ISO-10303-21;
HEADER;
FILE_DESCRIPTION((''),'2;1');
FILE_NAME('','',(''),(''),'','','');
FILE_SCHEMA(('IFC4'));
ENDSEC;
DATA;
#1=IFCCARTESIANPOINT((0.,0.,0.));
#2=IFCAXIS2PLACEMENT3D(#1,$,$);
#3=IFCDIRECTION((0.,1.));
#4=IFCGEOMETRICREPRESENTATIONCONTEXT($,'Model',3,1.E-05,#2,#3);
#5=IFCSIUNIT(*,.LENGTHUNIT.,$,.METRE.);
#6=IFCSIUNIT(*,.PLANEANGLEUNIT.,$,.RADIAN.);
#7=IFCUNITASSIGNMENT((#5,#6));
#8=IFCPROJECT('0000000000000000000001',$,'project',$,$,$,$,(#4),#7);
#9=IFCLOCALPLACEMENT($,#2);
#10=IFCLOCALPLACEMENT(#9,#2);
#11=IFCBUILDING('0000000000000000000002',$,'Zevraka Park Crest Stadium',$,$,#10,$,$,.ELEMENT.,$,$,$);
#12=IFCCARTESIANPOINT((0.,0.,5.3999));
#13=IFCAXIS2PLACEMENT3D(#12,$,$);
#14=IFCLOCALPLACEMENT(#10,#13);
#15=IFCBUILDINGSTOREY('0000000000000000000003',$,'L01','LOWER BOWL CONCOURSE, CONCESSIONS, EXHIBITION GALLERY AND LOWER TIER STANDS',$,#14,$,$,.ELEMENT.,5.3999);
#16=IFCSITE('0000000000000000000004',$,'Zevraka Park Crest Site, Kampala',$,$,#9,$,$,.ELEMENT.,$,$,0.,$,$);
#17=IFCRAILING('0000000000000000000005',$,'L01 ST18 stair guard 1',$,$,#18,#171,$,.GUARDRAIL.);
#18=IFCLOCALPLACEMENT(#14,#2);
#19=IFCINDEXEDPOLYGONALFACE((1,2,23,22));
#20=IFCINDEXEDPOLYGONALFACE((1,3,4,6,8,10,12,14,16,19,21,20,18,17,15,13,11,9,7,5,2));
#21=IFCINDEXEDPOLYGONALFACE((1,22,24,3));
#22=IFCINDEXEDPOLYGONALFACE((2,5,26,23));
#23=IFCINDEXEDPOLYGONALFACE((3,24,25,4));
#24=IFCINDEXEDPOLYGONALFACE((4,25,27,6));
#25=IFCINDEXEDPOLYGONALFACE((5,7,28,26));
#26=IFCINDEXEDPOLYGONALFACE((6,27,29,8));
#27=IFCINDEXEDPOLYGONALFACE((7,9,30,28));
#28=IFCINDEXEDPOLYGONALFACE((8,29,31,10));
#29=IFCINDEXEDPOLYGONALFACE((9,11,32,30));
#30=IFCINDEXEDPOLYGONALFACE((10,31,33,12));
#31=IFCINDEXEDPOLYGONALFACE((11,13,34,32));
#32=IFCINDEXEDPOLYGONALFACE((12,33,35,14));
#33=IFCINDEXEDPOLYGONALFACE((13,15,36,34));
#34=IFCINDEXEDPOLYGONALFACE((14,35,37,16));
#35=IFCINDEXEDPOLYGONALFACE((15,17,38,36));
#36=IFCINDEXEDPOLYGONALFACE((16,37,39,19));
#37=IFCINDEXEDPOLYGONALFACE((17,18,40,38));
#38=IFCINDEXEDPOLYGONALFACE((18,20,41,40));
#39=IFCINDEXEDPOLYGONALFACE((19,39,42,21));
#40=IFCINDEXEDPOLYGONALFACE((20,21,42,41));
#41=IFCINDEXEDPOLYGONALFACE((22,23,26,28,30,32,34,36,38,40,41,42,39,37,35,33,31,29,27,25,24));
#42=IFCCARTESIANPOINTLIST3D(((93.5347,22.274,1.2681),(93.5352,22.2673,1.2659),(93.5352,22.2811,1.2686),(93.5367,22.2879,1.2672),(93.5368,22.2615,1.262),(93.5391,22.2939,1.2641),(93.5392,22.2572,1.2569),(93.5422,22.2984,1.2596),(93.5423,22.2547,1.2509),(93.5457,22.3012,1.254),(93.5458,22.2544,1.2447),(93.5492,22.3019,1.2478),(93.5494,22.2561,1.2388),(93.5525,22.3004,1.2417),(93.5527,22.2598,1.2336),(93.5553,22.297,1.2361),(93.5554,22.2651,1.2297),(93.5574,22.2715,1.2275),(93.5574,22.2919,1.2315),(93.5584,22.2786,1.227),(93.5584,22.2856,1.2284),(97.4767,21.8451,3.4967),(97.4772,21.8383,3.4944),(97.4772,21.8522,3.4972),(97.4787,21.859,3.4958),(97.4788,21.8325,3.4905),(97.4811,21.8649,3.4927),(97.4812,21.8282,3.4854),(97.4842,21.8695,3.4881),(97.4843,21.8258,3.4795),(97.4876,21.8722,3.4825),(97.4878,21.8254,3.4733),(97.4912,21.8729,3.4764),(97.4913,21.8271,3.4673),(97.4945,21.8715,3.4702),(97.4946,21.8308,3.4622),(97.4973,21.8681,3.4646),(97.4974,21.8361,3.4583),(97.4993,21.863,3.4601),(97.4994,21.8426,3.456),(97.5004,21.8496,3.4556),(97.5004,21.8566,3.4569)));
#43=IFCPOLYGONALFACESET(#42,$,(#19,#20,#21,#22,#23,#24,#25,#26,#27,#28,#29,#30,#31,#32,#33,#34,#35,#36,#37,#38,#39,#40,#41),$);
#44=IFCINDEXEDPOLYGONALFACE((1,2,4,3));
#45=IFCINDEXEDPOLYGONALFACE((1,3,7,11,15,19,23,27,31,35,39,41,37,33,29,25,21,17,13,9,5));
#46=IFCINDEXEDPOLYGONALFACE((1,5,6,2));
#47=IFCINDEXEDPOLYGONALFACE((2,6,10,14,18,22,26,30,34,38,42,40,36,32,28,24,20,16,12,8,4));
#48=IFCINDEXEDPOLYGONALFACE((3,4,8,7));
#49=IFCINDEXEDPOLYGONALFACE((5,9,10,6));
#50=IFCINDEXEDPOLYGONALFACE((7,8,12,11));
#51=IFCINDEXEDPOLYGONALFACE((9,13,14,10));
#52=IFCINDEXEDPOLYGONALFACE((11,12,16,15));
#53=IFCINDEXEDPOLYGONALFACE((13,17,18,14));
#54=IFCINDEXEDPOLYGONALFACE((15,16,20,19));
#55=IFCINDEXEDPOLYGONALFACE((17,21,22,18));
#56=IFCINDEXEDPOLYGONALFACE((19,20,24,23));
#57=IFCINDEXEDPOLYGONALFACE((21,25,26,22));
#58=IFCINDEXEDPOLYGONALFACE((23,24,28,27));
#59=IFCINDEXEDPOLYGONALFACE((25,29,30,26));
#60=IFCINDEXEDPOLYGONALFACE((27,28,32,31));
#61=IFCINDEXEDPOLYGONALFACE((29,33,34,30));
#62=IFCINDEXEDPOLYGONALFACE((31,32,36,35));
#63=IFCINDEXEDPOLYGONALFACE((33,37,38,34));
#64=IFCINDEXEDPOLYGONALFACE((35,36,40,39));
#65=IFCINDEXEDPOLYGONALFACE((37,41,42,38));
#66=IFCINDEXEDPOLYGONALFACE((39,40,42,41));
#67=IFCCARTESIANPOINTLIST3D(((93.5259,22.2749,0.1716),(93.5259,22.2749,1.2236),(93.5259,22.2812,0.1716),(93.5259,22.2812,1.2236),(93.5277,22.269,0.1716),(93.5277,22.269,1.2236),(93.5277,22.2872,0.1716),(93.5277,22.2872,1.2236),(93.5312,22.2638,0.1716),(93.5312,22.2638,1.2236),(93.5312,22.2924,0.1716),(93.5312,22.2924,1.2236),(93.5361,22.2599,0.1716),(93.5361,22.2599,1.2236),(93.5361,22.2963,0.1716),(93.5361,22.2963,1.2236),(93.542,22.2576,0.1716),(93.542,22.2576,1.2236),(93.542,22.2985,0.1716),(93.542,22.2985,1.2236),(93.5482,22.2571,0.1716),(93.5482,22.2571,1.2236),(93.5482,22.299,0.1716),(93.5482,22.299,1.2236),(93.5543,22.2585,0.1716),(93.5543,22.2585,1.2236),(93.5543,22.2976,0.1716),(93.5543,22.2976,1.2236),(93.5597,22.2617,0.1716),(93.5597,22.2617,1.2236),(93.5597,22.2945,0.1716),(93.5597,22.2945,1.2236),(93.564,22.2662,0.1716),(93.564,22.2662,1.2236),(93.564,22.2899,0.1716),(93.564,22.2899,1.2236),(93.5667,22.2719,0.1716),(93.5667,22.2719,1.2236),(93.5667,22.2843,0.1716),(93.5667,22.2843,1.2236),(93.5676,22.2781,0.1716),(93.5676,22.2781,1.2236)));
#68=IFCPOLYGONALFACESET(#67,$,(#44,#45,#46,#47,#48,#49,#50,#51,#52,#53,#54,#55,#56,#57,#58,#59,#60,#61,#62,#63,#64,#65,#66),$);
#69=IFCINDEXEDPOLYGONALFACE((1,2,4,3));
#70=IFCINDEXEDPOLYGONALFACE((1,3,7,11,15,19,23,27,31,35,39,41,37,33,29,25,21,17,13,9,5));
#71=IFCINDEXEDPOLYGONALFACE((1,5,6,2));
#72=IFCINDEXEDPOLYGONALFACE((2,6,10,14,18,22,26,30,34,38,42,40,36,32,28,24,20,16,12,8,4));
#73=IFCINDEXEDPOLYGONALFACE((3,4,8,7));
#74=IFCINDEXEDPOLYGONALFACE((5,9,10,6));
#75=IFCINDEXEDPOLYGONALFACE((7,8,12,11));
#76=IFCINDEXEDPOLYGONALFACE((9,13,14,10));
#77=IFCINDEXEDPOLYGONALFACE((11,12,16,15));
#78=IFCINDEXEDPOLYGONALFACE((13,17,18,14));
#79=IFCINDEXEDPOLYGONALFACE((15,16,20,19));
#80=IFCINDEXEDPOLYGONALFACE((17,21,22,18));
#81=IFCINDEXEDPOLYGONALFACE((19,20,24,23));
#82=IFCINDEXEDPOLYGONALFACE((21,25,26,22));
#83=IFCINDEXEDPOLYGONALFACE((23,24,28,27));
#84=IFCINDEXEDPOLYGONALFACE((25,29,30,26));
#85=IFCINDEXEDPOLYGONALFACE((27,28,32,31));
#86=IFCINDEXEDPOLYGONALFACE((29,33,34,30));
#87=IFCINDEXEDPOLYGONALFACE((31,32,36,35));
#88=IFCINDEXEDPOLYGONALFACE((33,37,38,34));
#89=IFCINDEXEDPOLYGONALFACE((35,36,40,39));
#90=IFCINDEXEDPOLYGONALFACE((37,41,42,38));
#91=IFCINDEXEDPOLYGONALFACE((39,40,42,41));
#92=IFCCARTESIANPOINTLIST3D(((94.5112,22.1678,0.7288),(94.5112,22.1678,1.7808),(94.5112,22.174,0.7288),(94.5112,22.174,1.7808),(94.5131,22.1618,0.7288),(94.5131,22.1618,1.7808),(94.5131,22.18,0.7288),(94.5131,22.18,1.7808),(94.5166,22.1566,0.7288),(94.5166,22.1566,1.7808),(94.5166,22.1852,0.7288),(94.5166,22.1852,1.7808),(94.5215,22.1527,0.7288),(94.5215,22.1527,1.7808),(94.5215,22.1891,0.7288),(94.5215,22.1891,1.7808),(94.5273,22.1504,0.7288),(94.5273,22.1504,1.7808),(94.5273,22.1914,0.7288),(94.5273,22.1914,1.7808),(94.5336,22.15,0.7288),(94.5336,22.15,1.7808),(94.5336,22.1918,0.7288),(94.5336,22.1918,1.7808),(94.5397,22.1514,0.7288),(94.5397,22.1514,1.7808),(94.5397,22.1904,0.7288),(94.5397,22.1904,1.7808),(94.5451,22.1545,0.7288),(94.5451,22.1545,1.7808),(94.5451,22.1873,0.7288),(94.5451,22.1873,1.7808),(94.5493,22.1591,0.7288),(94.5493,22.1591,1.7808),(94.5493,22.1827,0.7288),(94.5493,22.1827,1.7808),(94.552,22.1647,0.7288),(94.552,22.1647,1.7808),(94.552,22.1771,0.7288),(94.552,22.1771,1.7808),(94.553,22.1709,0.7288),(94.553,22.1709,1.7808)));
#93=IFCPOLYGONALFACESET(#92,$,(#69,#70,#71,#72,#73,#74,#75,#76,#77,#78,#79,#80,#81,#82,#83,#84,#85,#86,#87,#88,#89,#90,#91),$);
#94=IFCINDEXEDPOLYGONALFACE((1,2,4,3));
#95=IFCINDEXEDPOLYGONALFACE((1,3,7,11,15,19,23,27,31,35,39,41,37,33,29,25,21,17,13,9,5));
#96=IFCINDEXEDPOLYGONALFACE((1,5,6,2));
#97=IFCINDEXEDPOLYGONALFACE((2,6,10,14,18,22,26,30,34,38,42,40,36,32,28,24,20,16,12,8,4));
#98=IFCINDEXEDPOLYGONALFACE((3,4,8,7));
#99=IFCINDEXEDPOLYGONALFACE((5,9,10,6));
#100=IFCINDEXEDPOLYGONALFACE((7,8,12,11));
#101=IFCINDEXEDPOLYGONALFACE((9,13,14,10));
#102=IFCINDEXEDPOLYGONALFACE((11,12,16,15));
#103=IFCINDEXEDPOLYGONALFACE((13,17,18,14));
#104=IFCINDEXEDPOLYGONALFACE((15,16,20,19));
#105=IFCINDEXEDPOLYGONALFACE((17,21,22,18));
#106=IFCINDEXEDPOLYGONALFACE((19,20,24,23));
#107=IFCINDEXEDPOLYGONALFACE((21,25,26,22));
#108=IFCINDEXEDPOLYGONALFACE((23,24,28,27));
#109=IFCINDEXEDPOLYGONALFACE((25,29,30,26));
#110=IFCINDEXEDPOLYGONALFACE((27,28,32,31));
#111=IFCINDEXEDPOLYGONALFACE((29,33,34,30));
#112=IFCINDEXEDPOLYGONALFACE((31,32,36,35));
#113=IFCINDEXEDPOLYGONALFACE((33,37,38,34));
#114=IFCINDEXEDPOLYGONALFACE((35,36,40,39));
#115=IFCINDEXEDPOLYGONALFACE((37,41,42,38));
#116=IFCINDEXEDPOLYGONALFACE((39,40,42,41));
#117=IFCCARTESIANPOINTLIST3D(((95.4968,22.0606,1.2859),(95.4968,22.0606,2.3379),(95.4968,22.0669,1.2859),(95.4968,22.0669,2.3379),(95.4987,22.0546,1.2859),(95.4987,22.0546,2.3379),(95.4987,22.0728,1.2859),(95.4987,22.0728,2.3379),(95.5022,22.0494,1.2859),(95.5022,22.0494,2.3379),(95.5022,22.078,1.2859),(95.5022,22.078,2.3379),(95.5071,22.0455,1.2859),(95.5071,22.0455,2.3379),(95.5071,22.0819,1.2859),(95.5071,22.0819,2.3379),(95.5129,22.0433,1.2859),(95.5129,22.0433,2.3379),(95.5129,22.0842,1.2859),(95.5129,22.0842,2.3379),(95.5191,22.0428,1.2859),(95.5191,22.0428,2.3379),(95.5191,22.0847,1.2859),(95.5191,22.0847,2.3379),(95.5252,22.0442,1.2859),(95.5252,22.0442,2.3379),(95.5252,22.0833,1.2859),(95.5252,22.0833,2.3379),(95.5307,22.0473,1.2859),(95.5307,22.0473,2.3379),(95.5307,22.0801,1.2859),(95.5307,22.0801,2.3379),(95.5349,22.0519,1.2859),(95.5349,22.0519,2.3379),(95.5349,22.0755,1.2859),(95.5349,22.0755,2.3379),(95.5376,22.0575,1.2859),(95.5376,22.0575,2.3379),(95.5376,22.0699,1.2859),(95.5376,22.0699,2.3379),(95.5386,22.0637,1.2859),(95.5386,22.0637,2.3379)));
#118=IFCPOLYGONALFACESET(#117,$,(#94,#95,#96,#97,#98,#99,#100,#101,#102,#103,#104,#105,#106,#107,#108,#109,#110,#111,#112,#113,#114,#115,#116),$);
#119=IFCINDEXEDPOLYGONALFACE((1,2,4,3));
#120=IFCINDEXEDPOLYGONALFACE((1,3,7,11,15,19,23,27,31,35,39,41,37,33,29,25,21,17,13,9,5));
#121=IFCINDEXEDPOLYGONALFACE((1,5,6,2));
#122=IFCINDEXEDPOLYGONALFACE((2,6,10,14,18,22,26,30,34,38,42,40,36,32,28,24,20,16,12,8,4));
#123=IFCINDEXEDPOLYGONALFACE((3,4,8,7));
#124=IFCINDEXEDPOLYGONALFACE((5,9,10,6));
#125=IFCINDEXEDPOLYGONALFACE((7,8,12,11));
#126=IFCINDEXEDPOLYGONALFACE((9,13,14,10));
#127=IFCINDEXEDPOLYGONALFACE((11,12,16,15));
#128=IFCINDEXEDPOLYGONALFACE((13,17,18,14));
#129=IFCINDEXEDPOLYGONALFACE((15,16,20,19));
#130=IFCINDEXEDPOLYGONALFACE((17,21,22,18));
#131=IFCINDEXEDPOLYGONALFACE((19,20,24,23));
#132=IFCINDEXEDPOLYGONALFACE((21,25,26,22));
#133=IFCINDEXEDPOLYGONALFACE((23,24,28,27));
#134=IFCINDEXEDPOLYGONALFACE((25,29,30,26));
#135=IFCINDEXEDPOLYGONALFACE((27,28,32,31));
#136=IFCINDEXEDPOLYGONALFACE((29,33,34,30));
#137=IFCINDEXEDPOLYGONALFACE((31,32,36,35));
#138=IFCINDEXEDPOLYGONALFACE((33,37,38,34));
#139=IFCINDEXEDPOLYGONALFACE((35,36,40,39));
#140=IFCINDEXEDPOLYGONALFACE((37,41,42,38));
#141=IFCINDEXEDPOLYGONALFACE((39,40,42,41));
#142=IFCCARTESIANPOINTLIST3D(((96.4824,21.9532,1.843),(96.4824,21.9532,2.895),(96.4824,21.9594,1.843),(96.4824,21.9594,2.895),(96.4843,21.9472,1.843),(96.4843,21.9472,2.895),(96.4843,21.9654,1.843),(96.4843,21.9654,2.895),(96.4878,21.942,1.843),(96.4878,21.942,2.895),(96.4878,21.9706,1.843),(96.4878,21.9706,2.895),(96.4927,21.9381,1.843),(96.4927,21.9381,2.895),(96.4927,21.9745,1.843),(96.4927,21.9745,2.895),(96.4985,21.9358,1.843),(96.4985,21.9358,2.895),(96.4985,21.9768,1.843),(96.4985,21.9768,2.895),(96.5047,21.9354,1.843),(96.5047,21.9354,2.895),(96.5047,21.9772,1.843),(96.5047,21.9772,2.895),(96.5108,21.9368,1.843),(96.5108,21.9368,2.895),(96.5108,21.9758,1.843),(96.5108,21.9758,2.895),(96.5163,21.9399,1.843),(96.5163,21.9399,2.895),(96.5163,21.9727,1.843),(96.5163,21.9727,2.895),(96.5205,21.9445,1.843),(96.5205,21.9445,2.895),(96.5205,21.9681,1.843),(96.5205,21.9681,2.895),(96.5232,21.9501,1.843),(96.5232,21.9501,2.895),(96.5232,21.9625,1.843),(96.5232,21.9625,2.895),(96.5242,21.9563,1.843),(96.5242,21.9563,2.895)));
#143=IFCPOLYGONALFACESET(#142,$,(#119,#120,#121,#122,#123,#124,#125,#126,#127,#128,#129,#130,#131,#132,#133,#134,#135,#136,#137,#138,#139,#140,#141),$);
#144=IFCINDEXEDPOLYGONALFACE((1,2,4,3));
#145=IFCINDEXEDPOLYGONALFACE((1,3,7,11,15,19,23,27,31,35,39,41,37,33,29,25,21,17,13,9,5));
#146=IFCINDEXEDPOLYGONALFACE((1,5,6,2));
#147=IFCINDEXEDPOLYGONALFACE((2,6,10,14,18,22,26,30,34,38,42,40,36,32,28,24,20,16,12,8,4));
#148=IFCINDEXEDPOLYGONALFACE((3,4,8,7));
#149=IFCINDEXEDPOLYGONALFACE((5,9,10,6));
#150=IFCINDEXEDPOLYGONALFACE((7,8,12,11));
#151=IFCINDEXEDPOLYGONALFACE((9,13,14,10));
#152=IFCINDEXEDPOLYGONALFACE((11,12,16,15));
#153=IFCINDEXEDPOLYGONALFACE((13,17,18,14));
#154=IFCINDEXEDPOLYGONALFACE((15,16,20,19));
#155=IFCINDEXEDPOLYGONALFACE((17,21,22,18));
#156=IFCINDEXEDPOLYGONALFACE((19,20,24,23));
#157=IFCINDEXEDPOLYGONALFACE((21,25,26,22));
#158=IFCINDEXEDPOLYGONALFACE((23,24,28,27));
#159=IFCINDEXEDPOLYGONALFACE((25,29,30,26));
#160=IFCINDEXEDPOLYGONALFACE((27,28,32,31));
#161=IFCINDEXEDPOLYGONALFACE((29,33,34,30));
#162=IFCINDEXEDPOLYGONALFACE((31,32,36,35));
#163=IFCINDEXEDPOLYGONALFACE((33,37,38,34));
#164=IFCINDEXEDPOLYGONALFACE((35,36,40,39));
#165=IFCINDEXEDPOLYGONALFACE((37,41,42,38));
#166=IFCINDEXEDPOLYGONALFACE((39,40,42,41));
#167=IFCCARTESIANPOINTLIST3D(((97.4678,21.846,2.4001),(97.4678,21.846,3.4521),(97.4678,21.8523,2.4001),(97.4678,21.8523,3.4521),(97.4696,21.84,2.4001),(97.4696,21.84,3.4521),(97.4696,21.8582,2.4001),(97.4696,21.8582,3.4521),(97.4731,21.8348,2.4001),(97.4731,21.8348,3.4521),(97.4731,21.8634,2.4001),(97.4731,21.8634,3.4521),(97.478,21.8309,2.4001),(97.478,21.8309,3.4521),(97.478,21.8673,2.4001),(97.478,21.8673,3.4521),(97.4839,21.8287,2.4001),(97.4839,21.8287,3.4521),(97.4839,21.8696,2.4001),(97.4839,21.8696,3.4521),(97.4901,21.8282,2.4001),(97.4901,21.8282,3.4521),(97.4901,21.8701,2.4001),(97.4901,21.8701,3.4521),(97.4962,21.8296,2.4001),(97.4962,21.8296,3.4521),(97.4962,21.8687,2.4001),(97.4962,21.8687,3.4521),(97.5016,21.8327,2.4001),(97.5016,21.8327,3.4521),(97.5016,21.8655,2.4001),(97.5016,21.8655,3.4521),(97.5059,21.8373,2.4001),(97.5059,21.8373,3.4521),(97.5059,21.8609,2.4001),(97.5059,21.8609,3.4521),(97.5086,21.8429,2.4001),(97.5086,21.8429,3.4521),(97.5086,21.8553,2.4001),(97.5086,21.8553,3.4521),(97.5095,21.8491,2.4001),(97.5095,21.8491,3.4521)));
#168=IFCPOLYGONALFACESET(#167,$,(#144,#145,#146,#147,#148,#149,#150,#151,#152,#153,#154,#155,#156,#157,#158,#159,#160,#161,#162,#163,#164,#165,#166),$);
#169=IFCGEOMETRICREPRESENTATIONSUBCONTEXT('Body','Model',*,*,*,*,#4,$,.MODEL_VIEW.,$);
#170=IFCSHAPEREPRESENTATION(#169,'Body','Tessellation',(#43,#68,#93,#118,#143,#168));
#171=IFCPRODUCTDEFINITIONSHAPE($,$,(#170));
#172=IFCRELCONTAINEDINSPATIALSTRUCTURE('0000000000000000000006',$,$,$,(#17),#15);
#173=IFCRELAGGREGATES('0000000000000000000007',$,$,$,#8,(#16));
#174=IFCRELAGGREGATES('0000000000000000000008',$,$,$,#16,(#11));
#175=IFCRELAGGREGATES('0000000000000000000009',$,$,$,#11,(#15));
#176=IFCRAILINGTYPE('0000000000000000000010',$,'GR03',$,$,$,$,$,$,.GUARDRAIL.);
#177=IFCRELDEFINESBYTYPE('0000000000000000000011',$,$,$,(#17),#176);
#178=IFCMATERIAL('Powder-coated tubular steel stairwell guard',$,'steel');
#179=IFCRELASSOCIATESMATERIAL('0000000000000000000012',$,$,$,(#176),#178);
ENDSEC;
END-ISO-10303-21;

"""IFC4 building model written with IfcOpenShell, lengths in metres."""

from ifc_helpers import new_model, si_unit, direction, frame, origin, origin_2d, place, context, subcontext, project, spatial, circle, extrude, material, type_object, element, save


model = new_model("IFC4")

# Units and contexts
model_context = context("Model", 3, precision=1e-05, world=origin(), true_north=direction((0.0, 1.0)))
body_context = subcontext(model_context, "Body", "Model", "MODEL_VIEW")
ifc_project = project(units=[si_unit("LENGTHUNIT", "METRE"), si_unit("PLANEANGLEUNIT", "RADIAN")], contexts=[model_context])

# Site, building, storey
site_placement = place(None, origin())
site = spatial("IfcSite", under=ifc_project, at=site_placement, Name="Zevraka Park Crest Site, Kampala", CompositionType="ELEMENT", RefElevation=0.0)
building_placement = place(site_placement, origin())
building = spatial("IfcBuilding", under=site, at=building_placement, Name="Zevraka Park Crest Stadium", CompositionType="ELEMENT")
storey_placement = place(building_placement, frame((0.0, 0.0, 5.3999)))
storey = spatial("IfcBuildingStorey", under=building, at=storey_placement, Name="L01", Description="LOWER BOWL CONCOURSE, CONCESSIONS, EXHIBITION GALLERY AND LOWER TIER STANDS", CompositionType="ELEMENT", Elevation=5.3999)

# Railing
ifc_material_1 = material(Name="Powder-coated tubular steel stairwell guard", Category="steel")
railing_type_1 = type_object("IfcRailingType", Name="GR03", PredefinedType="GUARDRAIL", material=ifc_material_1)
railing_1_placement = place(storey_placement, frame((93.5466, 22.2781, 0.1716)))
element("IfcRailing", 1, at=railing_1_placement, inside=storey, type_object=railing_type_1, Name="L01 ST18 stair guard 1", PredefinedType="GUARDRAIL", context=body_context, shape_type="SweptSolid", body=[
    extrude(circle(Radius=0.0239, at=origin_2d()), frame((0.0, 0.0, 1.0762), z_axis=(0.866637, -0.094307, 0.489946), x_axis=(0.108181, 0.994131, 0.0)), (0.0, 0.0, 1.0), 4.5486),
    extrude(circle(Radius=0.021, at=origin_2d()), origin(), (0.0, 0.0, 1.0), 1.052),
    extrude(circle(Radius=0.021, at=origin_2d()), frame((0.9854, -0.1072, 0.5571)), (0.0, 0.0, 1.0), 1.052),
    extrude(circle(Radius=0.021, at=origin_2d()), frame((1.9709, -0.2144, 1.1143)), (0.0, 0.0, 1.0), 1.052),
    extrude(circle(Radius=0.021, at=origin_2d()), frame((2.9565, -0.3218, 1.6714)), (0.0, 0.0, 1.0), 1.052),
    extrude(circle(Radius=0.021, at=origin_2d()), frame((3.9419, -0.429, 2.2285)), (0.0, 0.0, 1.0), 1.052),
])

save(model, "model.ifc")
